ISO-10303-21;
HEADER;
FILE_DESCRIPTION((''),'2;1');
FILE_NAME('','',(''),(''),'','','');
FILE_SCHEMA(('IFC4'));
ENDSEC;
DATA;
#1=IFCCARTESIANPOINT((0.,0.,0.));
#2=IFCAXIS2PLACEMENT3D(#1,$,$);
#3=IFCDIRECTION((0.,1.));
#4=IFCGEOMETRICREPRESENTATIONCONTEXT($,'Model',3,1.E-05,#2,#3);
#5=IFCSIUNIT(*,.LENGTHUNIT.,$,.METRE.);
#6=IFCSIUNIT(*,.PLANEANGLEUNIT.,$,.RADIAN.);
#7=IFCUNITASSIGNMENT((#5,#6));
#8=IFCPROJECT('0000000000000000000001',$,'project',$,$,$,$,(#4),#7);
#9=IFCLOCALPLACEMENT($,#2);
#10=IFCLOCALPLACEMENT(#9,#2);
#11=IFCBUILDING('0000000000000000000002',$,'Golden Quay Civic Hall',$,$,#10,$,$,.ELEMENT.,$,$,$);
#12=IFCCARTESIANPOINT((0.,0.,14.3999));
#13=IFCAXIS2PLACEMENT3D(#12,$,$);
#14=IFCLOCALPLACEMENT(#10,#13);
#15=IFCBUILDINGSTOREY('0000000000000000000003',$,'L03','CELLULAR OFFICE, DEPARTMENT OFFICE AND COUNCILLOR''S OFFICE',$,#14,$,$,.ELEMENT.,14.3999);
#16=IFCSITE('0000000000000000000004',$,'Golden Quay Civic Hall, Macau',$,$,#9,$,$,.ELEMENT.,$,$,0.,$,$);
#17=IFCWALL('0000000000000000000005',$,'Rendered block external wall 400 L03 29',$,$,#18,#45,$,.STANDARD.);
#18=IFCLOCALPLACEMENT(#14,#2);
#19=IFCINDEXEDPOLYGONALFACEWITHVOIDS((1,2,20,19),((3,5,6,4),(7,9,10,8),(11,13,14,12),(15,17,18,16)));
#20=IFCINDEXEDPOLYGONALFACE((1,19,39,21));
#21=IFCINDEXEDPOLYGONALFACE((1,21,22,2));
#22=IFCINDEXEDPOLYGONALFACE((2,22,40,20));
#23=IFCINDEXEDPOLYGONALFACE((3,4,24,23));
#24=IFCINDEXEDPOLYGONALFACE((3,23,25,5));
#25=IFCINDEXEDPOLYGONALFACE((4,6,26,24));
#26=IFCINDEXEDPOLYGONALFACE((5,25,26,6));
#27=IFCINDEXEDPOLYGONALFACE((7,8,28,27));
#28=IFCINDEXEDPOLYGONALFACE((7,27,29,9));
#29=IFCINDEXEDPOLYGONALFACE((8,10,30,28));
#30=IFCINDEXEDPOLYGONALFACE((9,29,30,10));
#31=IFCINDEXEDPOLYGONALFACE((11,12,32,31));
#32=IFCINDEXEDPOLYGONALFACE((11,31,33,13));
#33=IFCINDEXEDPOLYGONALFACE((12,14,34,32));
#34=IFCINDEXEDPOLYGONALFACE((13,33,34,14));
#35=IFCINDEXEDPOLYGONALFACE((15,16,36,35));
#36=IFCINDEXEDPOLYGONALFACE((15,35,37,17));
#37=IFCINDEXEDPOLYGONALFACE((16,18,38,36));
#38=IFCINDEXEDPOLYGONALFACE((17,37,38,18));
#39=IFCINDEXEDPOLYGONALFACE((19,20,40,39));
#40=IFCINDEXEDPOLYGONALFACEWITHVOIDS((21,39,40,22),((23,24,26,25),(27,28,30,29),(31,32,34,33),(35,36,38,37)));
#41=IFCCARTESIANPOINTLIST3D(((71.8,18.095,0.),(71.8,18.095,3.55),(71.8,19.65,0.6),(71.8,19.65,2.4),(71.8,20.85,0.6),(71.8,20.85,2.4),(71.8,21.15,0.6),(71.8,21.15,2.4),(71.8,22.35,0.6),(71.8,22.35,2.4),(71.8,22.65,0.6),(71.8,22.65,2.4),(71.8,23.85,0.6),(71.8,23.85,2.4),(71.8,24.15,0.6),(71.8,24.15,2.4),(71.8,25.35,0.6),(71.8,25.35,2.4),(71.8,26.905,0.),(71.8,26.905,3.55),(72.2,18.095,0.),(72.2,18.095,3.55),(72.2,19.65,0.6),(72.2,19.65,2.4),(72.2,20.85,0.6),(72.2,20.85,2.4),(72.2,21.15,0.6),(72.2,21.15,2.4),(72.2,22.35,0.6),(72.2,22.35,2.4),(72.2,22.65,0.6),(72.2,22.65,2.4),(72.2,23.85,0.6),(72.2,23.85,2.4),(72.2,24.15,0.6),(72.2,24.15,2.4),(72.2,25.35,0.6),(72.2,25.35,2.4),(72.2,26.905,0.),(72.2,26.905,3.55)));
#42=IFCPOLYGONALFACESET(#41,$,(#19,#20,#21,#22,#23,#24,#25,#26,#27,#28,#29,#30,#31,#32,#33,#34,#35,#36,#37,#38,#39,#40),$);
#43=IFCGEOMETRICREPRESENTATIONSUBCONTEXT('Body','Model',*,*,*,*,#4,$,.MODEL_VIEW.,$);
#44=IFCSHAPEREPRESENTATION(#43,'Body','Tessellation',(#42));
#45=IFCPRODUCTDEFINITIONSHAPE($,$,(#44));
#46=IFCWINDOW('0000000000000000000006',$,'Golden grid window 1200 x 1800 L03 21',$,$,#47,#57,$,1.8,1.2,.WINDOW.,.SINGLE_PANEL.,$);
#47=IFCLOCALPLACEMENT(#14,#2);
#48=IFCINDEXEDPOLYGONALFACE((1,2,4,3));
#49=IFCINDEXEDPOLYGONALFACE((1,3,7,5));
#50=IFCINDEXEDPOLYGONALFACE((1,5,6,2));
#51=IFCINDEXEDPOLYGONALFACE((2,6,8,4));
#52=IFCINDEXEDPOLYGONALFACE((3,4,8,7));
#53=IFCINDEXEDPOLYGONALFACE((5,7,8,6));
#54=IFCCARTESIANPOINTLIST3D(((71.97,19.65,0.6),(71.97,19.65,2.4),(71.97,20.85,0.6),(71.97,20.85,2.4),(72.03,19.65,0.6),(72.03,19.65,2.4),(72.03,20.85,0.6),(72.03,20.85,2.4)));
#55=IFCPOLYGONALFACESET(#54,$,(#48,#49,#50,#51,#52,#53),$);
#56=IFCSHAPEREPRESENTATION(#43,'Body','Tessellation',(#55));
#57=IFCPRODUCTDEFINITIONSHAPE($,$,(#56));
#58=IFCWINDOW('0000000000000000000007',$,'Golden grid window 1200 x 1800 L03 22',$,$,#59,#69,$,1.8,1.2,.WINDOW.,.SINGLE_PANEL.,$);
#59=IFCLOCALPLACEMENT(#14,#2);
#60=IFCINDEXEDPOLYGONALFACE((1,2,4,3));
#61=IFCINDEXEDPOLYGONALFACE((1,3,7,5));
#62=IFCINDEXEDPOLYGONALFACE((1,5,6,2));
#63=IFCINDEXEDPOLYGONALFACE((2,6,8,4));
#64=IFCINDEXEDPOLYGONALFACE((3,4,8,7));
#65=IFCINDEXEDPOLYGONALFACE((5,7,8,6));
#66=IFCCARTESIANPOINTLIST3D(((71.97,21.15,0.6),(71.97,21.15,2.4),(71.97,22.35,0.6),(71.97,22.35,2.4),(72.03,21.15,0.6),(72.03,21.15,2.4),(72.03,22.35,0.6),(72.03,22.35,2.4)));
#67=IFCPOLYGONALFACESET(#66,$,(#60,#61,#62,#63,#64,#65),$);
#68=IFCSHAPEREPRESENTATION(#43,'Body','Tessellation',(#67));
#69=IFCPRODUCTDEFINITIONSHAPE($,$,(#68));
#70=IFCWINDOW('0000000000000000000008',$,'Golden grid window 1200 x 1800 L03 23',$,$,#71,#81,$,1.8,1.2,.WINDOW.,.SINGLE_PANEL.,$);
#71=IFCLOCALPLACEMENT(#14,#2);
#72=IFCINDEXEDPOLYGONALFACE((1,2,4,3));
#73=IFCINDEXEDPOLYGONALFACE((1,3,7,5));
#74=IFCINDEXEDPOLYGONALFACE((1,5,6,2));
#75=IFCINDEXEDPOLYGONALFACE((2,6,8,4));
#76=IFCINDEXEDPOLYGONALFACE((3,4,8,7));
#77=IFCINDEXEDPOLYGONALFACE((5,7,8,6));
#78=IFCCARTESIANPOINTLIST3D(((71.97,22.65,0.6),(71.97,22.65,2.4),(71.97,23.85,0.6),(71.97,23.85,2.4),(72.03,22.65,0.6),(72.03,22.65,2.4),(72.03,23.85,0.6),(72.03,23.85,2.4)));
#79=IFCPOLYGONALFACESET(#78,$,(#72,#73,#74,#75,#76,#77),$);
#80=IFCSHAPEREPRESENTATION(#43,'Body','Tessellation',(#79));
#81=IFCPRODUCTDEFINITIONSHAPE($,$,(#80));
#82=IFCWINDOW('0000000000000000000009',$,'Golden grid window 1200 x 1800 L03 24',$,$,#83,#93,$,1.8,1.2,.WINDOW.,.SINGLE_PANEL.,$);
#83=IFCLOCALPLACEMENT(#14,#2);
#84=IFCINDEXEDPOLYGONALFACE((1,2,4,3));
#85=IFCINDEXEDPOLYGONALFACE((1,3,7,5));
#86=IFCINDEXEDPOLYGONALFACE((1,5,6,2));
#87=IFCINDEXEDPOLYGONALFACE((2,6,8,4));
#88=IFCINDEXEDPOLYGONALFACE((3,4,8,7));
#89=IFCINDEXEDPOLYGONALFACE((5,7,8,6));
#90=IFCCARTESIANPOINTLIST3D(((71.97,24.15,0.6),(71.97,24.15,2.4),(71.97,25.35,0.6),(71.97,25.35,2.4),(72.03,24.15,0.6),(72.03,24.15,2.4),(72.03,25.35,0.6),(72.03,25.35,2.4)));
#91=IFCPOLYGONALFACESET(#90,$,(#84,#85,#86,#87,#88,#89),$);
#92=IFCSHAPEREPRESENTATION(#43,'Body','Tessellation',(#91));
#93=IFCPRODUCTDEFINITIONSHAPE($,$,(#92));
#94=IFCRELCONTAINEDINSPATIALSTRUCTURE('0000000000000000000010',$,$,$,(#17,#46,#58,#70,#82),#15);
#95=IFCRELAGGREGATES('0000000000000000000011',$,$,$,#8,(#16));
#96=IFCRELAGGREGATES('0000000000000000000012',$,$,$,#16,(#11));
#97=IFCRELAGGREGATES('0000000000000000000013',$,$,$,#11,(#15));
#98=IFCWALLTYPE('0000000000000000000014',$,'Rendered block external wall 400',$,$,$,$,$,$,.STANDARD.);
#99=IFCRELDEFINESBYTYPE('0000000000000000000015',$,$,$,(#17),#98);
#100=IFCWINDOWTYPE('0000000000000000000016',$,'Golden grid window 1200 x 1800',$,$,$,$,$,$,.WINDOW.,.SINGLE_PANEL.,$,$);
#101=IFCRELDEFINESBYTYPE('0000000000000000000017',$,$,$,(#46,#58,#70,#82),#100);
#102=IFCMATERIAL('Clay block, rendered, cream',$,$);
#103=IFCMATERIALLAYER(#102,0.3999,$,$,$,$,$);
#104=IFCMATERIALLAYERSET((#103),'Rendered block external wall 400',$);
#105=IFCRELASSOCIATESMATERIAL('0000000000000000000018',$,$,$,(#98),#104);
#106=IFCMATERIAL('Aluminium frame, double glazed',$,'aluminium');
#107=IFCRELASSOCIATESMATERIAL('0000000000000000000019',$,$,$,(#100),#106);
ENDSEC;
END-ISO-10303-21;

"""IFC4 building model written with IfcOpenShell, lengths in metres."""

from ifc_helpers import new_model, si_unit, direction, frame, frame_2d, origin, place, context, subcontext, project, spatial, rectangle, extrude, material, layer, layer_set, type_object, element, fill, save


model = new_model("IFC4")

# Units and contexts
model_context = context("Model", 3, precision=1e-05, world=origin(), true_north=direction((0.0, 1.0)))
body_context = subcontext(model_context, "Body", "Model", "MODEL_VIEW")
ifc_project = project(units=[si_unit("LENGTHUNIT", "METRE"), si_unit("PLANEANGLEUNIT", "RADIAN")], contexts=[model_context])

# Site, building, storey
site_placement = place(None, origin())
site = spatial("IfcSite", under=ifc_project, at=site_placement, Name="Golden Quay Civic Hall, Macau", CompositionType="ELEMENT", RefElevation=0.0)
building_placement = place(site_placement, origin())
building = spatial("IfcBuilding", under=site, at=building_placement, Name="Golden Quay Civic Hall", CompositionType="ELEMENT")
storey_placement = place(building_placement, frame((0.0, 0.0, 14.3999)))
storey = spatial("IfcBuildingStorey", under=building, at=storey_placement, Name="L03", Description="CELLULAR OFFICE, DEPARTMENT OFFICE AND COUNCILLOR'S OFFICE", CompositionType="ELEMENT", Elevation=14.3999)

# Wall, openings, windows
ifc_material_1 = material(Name="Clay block, rendered, cream")
ifc_layer_1 = layer(ifc_material_1, 0.3999)
ifc_layer_set_1 = layer_set([ifc_layer_1], Name="Rendered block external wall 400")
wall_type = type_object("IfcWallType", Name="Rendered block external wall 400", PredefinedType="STANDARD", material=ifc_layer_set_1)
wall_placement = place(storey_placement, frame((72.0, 26.905, 0.0), z_axis=(0.0, 0.0, 1.0), x_axis=(0.0, -1.0, 0.0)))
wall = element("IfcWall", 1, at=wall_placement, inside=storey, type_object=wall_type, Name="Rendered block external wall 400 L03 29", PredefinedType="STANDARD", context=body_context, shape_type="SweptSolid", body=[
    extrude(rectangle(XDim=8.8101, YDim=0.3999, at=frame_2d((4.405, 0.0))), origin(), (0.0, 0.0, 1.0), 3.55),
])
opening_1_placement = place(wall_placement, frame((6.0549, 0.0, 0.6001)))
opening_1 = element("IfcOpeningElement", 2, at=opening_1_placement, cuts=wall, PredefinedType="OPENING", context=body_context, shape_type="SweptSolid", body=[
    extrude(rectangle(XDim=1.2, YDim=1.8, at=frame_2d((0.6001, 0.8999))), frame((0.0, 0.21, 0.0), z_axis=(0.0, -1.0, 0.0), x_axis=(1.0, 0.0, 0.0)), (0.0, 0.0, 1.0), 0.4199),
])
opening_2_placement = place(wall_placement, frame((4.5549, 0.0, 0.6001)))
opening_2 = element("IfcOpeningElement", 3, at=opening_2_placement, cuts=wall, PredefinedType="OPENING", context=body_context, shape_type="SweptSolid", body=[
    extrude(rectangle(XDim=1.2, YDim=1.8, at=frame_2d((0.6001, 0.8999))), frame((0.0, 0.21, 0.0), z_axis=(0.0, -1.0, 0.0), x_axis=(1.0, 0.0, 0.0)), (0.0, 0.0, 1.0), 0.4199),
])
opening_3_placement = place(wall_placement, frame((3.0549, 0.0, 0.6001)))
opening_3 = element("IfcOpeningElement", 4, at=opening_3_placement, cuts=wall, PredefinedType="OPENING", context=body_context, shape_type="SweptSolid", body=[
    extrude(rectangle(XDim=1.2, YDim=1.8, at=frame_2d((0.6001, 0.8999))), frame((0.0, 0.21, 0.0), z_axis=(0.0, -1.0, 0.0), x_axis=(1.0, 0.0, 0.0)), (0.0, 0.0, 1.0), 0.4199),
])
opening_4_placement = place(wall_placement, frame((1.5549, 0.0, 0.6001)))
opening_4 = element("IfcOpeningElement", 5, at=opening_4_placement, cuts=wall, PredefinedType="OPENING", context=body_context, shape_type="SweptSolid", body=[
    extrude(rectangle(XDim=1.2, YDim=1.8, at=frame_2d((0.6001, 0.8999))), frame((0.0, 0.21, 0.0), z_axis=(0.0, -1.0, 0.0), x_axis=(1.0, 0.0, 0.0)), (0.0, 0.0, 1.0), 0.4199),
])
ifc_material_2 = material(Name="Aluminium frame, double glazed", Category="aluminium")
window_type = type_object("IfcWindowType", Name="Golden grid window 1200 x 1800", PartitioningType="SINGLE_PANEL", PredefinedType="WINDOW", material=ifc_material_2)
window_1_placement = place(opening_1_placement, origin())
window_1 = element("IfcWindow", 6, at=window_1_placement, inside=storey, type_object=window_type, Name="Golden grid window 1200 x 1800 L03 21", OverallHeight=1.8, OverallWidth=1.2, PartitioningType="SINGLE_PANEL", PredefinedType="WINDOW", context=body_context, shape_type="SweptSolid", body=[
    extrude(rectangle(XDim=1.2, YDim=1.8, at=frame_2d((0.6001, 0.8999))), frame((0.0, 0.03, 0.0), z_axis=(0.0, -1.0, 0.0), x_axis=(1.0, 0.0, 0.0)), (0.0, 0.0, 1.0), 0.0601),
])
fill(opening_1, window_1)
window_2_placement = place(opening_2_placement, origin())
window_2 = element("IfcWindow", 7, at=window_2_placement, inside=storey, type_object=window_type, Name="Golden grid window 1200 x 1800 L03 22", OverallHeight=1.8, OverallWidth=1.2, PartitioningType="SINGLE_PANEL", PredefinedType="WINDOW", context=body_context, shape_type="SweptSolid", body=[
    extrude(rectangle(XDim=1.2, YDim=1.8, at=frame_2d((0.6001, 0.8999))), frame((0.0, 0.03, 0.0), z_axis=(0.0, -1.0, 0.0), x_axis=(1.0, 0.0, 0.0)), (0.0, 0.0, 1.0), 0.0601),
])
fill(opening_2, window_2)
window_3_placement = place(opening_3_placement, origin())
window_3 = element("IfcWindow", 8, at=window_3_placement, inside=storey, type_object=window_type, Name="Golden grid window 1200 x 1800 L03 23", OverallHeight=1.8, OverallWidth=1.2, PartitioningType="SINGLE_PANEL", PredefinedType="WINDOW", context=body_context, shape_type="SweptSolid", body=[
    extrude(rectangle(XDim=1.2, YDim=1.8, at=frame_2d((0.6001, 0.8999))), frame((0.0, 0.03, 0.0), z_axis=(0.0, -1.0, 0.0), x_axis=(1.0, 0.0, 0.0)), (0.0, 0.0, 1.0), 0.0601),
])
fill(opening_3, window_3)
window_4_placement = place(opening_4_placement, origin())
window_4 = element("IfcWindow", 9, at=window_4_placement, inside=storey, type_object=window_type, Name="Golden grid window 1200 x 1800 L03 24", OverallHeight=1.8, OverallWidth=1.2, PartitioningType="SINGLE_PANEL", PredefinedType="WINDOW", context=body_context, shape_type="SweptSolid", body=[
    extrude(rectangle(XDim=1.2, YDim=1.8, at=frame_2d((0.6001, 0.8999))), frame((0.0, 0.03, 0.0), z_axis=(0.0, -1.0, 0.0), x_axis=(1.0, 0.0, 0.0)), (0.0, 0.0, 1.0), 0.0601),
])
fill(opening_4, window_4)

save(model, "model.ifc")
